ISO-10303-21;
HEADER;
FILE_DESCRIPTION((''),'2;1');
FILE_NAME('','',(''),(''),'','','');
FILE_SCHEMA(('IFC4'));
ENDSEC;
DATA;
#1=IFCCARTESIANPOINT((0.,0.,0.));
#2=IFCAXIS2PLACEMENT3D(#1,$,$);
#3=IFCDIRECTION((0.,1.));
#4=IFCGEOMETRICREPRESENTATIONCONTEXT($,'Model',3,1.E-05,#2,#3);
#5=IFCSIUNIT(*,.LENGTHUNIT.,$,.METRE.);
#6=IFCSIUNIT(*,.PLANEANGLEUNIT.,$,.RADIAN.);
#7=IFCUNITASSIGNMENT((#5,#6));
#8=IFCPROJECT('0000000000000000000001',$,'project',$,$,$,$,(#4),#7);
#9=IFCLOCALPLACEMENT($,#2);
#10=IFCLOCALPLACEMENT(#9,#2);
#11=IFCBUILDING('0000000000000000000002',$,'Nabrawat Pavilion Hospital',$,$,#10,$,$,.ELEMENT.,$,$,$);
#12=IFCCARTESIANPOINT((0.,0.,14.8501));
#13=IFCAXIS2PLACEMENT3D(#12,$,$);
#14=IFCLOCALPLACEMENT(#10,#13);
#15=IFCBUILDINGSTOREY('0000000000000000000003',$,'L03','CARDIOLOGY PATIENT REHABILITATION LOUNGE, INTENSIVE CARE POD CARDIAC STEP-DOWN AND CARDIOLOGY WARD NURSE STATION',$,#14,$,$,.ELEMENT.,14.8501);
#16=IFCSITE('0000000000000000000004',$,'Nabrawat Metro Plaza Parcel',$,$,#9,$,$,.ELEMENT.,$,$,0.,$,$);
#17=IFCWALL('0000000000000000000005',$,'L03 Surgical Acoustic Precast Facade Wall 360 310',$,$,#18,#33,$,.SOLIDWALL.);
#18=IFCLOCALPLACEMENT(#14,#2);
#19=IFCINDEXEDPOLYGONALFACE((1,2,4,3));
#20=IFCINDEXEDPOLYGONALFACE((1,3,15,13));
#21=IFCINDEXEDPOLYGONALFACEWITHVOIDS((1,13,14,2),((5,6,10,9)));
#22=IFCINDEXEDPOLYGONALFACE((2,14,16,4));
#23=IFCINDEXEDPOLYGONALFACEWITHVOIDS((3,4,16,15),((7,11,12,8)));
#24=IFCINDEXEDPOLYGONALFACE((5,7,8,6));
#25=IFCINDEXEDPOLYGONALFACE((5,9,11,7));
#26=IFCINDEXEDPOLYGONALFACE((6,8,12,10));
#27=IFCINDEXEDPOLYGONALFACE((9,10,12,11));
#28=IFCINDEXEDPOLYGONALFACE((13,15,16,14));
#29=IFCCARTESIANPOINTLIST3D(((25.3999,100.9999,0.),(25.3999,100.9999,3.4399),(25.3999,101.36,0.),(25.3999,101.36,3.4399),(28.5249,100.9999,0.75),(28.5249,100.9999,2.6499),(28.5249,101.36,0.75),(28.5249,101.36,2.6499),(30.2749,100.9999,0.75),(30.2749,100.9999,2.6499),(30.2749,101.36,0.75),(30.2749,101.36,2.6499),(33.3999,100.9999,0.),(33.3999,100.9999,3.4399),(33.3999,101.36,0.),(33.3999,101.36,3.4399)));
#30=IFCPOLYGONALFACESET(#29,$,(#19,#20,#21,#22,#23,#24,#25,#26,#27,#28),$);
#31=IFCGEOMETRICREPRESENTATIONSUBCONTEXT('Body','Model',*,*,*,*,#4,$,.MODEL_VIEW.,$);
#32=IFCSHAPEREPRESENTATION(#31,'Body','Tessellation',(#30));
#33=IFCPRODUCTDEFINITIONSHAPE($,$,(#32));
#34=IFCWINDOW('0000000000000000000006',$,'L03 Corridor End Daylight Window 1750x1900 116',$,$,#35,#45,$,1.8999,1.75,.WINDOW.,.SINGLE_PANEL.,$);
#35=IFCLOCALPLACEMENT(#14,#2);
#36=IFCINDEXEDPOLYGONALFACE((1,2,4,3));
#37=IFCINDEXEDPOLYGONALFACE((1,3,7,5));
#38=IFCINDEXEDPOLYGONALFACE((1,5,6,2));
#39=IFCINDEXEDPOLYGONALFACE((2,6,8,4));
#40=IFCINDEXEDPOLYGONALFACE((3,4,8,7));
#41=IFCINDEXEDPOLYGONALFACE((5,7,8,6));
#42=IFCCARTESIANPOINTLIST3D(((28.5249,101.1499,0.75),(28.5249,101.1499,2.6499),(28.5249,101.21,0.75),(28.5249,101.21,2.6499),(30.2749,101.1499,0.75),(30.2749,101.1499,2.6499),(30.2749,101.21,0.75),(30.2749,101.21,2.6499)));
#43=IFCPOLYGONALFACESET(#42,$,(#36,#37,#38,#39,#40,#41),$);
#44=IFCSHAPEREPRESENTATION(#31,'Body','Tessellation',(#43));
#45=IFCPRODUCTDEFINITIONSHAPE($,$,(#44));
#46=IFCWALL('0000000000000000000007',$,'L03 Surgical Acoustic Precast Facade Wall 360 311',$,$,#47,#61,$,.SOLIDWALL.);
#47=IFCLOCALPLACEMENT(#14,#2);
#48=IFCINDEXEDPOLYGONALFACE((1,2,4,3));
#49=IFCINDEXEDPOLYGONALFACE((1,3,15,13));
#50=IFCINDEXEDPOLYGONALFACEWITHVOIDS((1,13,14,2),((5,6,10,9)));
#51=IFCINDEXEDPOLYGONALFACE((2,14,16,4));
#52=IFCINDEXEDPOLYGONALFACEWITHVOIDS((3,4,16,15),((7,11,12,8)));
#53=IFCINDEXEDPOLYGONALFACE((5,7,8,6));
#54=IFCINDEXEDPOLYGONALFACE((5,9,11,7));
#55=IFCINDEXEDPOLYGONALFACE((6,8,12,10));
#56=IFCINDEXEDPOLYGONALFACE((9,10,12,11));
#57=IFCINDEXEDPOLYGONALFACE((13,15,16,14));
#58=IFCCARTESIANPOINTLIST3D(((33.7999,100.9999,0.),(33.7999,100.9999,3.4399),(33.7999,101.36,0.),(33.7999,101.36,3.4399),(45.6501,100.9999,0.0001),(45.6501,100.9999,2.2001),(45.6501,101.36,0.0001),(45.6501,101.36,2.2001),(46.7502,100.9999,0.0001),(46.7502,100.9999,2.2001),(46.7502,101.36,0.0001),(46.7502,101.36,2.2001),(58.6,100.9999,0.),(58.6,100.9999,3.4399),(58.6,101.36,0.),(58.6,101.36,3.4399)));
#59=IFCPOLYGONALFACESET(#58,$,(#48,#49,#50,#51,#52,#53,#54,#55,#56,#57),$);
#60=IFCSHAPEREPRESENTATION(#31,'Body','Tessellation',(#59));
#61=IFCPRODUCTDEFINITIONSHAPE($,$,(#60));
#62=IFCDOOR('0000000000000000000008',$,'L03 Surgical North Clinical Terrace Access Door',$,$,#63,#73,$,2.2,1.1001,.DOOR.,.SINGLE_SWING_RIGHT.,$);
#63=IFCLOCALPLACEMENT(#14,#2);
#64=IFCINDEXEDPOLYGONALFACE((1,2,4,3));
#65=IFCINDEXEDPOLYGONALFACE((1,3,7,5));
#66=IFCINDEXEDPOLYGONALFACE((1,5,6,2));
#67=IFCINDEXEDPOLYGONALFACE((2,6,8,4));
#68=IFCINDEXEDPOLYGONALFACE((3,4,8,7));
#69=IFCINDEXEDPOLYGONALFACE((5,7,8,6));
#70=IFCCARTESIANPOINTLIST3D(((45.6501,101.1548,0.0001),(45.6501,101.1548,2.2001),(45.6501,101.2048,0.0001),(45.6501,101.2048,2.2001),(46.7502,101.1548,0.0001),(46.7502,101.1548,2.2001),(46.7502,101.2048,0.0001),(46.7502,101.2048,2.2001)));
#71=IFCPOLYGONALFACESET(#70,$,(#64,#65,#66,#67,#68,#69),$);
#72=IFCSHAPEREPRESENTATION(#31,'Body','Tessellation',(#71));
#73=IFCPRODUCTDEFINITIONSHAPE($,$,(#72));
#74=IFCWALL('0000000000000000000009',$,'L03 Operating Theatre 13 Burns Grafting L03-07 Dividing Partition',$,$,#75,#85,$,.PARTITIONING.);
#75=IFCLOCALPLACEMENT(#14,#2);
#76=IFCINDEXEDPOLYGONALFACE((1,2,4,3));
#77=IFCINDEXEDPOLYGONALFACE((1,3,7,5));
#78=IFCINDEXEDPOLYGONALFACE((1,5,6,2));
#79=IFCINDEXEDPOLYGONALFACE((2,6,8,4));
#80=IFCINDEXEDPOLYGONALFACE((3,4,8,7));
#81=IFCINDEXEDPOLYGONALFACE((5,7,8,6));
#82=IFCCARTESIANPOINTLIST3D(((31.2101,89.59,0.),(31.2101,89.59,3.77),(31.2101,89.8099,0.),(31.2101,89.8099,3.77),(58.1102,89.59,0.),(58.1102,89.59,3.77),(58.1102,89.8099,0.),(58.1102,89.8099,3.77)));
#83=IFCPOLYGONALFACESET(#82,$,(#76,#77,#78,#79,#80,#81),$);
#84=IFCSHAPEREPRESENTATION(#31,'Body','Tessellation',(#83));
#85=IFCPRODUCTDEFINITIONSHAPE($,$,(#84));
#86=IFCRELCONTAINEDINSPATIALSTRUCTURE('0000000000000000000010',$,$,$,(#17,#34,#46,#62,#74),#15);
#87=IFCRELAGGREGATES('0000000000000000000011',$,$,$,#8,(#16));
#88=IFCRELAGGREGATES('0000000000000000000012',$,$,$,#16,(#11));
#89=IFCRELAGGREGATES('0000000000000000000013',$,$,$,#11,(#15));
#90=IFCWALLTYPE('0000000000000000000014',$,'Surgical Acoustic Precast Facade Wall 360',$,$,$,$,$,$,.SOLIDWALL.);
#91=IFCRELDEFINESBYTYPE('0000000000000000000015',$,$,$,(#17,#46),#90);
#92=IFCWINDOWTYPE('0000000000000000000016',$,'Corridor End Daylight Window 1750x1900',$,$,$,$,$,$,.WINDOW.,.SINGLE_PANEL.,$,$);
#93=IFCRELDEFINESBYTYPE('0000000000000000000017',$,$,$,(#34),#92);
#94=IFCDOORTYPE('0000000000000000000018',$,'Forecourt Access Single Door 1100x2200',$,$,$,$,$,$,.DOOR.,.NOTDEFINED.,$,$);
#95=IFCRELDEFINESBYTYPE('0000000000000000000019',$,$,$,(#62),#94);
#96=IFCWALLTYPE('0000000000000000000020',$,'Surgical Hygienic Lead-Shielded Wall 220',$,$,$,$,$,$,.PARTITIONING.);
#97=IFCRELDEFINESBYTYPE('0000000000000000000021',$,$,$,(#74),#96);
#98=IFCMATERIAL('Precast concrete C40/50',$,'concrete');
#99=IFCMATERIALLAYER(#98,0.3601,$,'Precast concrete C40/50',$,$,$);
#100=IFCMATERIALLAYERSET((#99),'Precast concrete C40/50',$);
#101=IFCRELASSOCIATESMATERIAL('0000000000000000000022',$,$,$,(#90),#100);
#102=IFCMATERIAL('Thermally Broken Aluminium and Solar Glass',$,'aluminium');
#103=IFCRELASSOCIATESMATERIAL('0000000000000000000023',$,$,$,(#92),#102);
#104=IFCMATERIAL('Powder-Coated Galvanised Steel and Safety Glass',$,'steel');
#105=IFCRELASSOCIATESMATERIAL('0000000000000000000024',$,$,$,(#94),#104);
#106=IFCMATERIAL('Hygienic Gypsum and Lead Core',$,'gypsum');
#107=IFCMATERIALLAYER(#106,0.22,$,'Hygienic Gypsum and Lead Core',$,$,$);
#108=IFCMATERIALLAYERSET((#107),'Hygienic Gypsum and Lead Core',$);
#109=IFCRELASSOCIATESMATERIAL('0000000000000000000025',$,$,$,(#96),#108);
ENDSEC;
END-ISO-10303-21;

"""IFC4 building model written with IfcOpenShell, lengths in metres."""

from ifc_helpers import new_model, si_unit, direction, frame, frame_2d, origin, place, context, subcontext, project, spatial, rectangle, extrude, material, layer, layer_set, type_object, element, fill, save


model = new_model("IFC4")

# Units and contexts
model_context = context("Model", 3, precision=1e-05, world=origin(), true_north=direction((0.0, 1.0)))
body_context = subcontext(model_context, "Body", "Model", "MODEL_VIEW")
ifc_project = project(units=[si_unit("LENGTHUNIT", "METRE"), si_unit("PLANEANGLEUNIT", "RADIAN")], contexts=[model_context])

# Site, building, storey
site_placement = place(None, origin())
site = spatial("IfcSite", under=ifc_project, at=site_placement, Name="Nabrawat Metro Plaza Parcel", CompositionType="ELEMENT", RefElevation=0.0)
building_placement = place(site_placement, origin())
building = spatial("IfcBuilding", under=site, at=building_placement, Name="Nabrawat Pavilion Hospital", CompositionType="ELEMENT")
storey_placement = place(building_placement, frame((0.0, 0.0, 14.8501)))
storey = spatial("IfcBuildingStorey", under=building, at=storey_placement, Name="L03", Description="CARDIOLOGY PATIENT REHABILITATION LOUNGE, INTENSIVE CARE POD CARDIAC STEP-DOWN AND CARDIOLOGY WARD NURSE STATION", CompositionType="ELEMENT", Elevation=14.8501)

# Wall, opening, window
ifc_material_1 = material(Name="Precast concrete C40/50", Category="concrete")
ifc_layer_1 = layer(ifc_material_1, 0.3601, Name="Precast concrete C40/50")
ifc_layer_set_1 = layer_set([ifc_layer_1], Name="Precast concrete C40/50")
wall_type_1 = type_object("IfcWallType", Name="Surgical Acoustic Precast Facade Wall 360", PredefinedType="SOLIDWALL", material=ifc_layer_set_1)
wall_1_placement = place(storey_placement, frame((25.3999, 101.1799, 0.0), z_axis=(0.0, 0.0, 1.0), x_axis=(1.0, 0.0, 0.0)))
wall_1 = element("IfcWall", 1, at=wall_1_placement, inside=storey, type_object=wall_type_1, Name="L03 Surgical Acoustic Precast Facade Wall 360 310", PredefinedType="SOLIDWALL", context=body_context, shape_type="SweptSolid", body=[
    extrude(rectangle(XDim=8.0, YDim=0.3601, at=frame_2d((4.0, 0.0))), origin(), (0.0, 0.0, 1.0), 3.4399),
])
opening_1_placement = place(wall_1_placement, frame((3.125, 0.0, 0.75)))
opening_1 = element("IfcOpeningElement", 2, at=opening_1_placement, cuts=wall_1, PredefinedType="OPENING", context=body_context, shape_type="SweptSolid", body=[
    extrude(rectangle(XDim=1.75, YDim=1.8999, at=frame_2d((0.875, 0.95))), frame((0.0, 0.1899, 0.0), z_axis=(0.0, -1.0, 0.0), x_axis=(1.0, 0.0, 0.0)), (0.0, 0.0, 1.0), 0.3801),
])
ifc_material_2 = material(Name="Thermally Broken Aluminium and Solar Glass", Category="aluminium")
window_type = type_object("IfcWindowType", Name="Corridor End Daylight Window 1750x1900", PartitioningType="SINGLE_PANEL", PredefinedType="WINDOW", material=ifc_material_2)
window_placement = place(opening_1_placement, origin())
window = element("IfcWindow", 3, at=window_placement, inside=storey, type_object=window_type, Name="L03 Corridor End Daylight Window 1750x1900 116", OverallHeight=1.8999, OverallWidth=1.75, PartitioningType="SINGLE_PANEL", PredefinedType="WINDOW", context=body_context, shape_type="SweptSolid", body=[
    extrude(rectangle(XDim=1.75, YDim=1.8999, at=frame_2d((0.875, 0.95))), frame((0.0, 0.03, 0.0), z_axis=(0.0, -1.0, 0.0), x_axis=(1.0, 0.0, 0.0)), (0.0, 0.0, 1.0), 0.0601),
])
fill(opening_1, window)

# Wall, opening, door
wall_2_placement = place(storey_placement, frame((33.8, 101.1799, 0.0), z_axis=(0.0, 0.0, 1.0), x_axis=(1.0, 0.0, 0.0)))
wall_2 = element("IfcWall", 4, at=wall_2_placement, inside=storey, type_object=wall_type_1, Name="L03 Surgical Acoustic Precast Facade Wall 360 311", PredefinedType="SOLIDWALL", context=body_context, shape_type="SweptSolid", body=[
    extrude(rectangle(XDim=24.8, YDim=0.3601, at=frame_2d((12.3999, 0.0))), origin(), (0.0, 0.0, 1.0), 3.4399),
])
opening_2_placement = place(wall_2_placement, frame((11.8501, 0.0, 0.0)))
opening_2 = element("IfcOpeningElement", 5, at=opening_2_placement, cuts=wall_2, PredefinedType="OPENING", context=body_context, shape_type="SweptSolid", body=[
    extrude(rectangle(XDim=1.1001, YDim=2.2, at=frame_2d((0.55, 1.1001))), frame((0.0, 0.1899, 0.0), z_axis=(0.0, -1.0, 0.0), x_axis=(1.0, 0.0, 0.0)), (0.0, 0.0, 1.0), 0.3801),
])
ifc_material_3 = material(Name="Powder-Coated Galvanised Steel and Safety Glass", Category="steel")
door_type_1 = type_object("IfcDoorType", Name="Forecourt Access Single Door 1100x2200", OperationType="NOTDEFINED", PredefinedType="DOOR", material=ifc_material_3)
door_1_placement = place(opening_2_placement, origin())
door_1 = element("IfcDoor", 6, at=door_1_placement, inside=storey, type_object=door_type_1, Name="L03 Surgical North Clinical Terrace Access Door", OperationType="SINGLE_SWING_RIGHT", OverallHeight=2.2, OverallWidth=1.1001, PredefinedType="DOOR", context=body_context, shape_type="SweptSolid", body=[
    extrude(rectangle(XDim=1.1001, YDim=2.2, at=frame_2d((0.55, 1.1001))), frame((0.0, 0.0249, 0.0), z_axis=(0.0, -1.0, 0.0), x_axis=(1.0, 0.0, 0.0)), (0.0, 0.0, 1.0), 0.05),
])
fill(opening_2, door_1)

# Wall
ifc_material_4 = material(Name="Hygienic Gypsum and Lead Core", Category="gypsum")
ifc_layer_2 = layer(ifc_material_4, 0.22, Name="Hygienic Gypsum and Lead Core")
ifc_layer_set_2 = layer_set([ifc_layer_2], Name="Hygienic Gypsum and Lead Core")
wall_type_2 = type_object("IfcWallType", Name="Surgical Hygienic Lead-Shielded Wall 220", PredefinedType="PARTITIONING", material=ifc_layer_set_2)
wall_3_placement = place(storey_placement, frame((31.21, 89.7, 0.0), z_axis=(0.0, 0.0, 1.0), x_axis=(1.0, 0.0, 0.0)))
element("IfcWall", 7, at=wall_3_placement, inside=storey, type_object=wall_type_2, Name="L03 Operating Theatre 13 Burns Grafting L03-07 Dividing Partition", PredefinedType="PARTITIONING", context=body_context, shape_type="SweptSolid", body=[
    extrude(rectangle(XDim=26.9001, YDim=0.22, at=frame_2d((13.4502, 0.0))), origin(), (0.0, 0.0, 1.0), 3.77),
])

save(model, "model.ifc")
